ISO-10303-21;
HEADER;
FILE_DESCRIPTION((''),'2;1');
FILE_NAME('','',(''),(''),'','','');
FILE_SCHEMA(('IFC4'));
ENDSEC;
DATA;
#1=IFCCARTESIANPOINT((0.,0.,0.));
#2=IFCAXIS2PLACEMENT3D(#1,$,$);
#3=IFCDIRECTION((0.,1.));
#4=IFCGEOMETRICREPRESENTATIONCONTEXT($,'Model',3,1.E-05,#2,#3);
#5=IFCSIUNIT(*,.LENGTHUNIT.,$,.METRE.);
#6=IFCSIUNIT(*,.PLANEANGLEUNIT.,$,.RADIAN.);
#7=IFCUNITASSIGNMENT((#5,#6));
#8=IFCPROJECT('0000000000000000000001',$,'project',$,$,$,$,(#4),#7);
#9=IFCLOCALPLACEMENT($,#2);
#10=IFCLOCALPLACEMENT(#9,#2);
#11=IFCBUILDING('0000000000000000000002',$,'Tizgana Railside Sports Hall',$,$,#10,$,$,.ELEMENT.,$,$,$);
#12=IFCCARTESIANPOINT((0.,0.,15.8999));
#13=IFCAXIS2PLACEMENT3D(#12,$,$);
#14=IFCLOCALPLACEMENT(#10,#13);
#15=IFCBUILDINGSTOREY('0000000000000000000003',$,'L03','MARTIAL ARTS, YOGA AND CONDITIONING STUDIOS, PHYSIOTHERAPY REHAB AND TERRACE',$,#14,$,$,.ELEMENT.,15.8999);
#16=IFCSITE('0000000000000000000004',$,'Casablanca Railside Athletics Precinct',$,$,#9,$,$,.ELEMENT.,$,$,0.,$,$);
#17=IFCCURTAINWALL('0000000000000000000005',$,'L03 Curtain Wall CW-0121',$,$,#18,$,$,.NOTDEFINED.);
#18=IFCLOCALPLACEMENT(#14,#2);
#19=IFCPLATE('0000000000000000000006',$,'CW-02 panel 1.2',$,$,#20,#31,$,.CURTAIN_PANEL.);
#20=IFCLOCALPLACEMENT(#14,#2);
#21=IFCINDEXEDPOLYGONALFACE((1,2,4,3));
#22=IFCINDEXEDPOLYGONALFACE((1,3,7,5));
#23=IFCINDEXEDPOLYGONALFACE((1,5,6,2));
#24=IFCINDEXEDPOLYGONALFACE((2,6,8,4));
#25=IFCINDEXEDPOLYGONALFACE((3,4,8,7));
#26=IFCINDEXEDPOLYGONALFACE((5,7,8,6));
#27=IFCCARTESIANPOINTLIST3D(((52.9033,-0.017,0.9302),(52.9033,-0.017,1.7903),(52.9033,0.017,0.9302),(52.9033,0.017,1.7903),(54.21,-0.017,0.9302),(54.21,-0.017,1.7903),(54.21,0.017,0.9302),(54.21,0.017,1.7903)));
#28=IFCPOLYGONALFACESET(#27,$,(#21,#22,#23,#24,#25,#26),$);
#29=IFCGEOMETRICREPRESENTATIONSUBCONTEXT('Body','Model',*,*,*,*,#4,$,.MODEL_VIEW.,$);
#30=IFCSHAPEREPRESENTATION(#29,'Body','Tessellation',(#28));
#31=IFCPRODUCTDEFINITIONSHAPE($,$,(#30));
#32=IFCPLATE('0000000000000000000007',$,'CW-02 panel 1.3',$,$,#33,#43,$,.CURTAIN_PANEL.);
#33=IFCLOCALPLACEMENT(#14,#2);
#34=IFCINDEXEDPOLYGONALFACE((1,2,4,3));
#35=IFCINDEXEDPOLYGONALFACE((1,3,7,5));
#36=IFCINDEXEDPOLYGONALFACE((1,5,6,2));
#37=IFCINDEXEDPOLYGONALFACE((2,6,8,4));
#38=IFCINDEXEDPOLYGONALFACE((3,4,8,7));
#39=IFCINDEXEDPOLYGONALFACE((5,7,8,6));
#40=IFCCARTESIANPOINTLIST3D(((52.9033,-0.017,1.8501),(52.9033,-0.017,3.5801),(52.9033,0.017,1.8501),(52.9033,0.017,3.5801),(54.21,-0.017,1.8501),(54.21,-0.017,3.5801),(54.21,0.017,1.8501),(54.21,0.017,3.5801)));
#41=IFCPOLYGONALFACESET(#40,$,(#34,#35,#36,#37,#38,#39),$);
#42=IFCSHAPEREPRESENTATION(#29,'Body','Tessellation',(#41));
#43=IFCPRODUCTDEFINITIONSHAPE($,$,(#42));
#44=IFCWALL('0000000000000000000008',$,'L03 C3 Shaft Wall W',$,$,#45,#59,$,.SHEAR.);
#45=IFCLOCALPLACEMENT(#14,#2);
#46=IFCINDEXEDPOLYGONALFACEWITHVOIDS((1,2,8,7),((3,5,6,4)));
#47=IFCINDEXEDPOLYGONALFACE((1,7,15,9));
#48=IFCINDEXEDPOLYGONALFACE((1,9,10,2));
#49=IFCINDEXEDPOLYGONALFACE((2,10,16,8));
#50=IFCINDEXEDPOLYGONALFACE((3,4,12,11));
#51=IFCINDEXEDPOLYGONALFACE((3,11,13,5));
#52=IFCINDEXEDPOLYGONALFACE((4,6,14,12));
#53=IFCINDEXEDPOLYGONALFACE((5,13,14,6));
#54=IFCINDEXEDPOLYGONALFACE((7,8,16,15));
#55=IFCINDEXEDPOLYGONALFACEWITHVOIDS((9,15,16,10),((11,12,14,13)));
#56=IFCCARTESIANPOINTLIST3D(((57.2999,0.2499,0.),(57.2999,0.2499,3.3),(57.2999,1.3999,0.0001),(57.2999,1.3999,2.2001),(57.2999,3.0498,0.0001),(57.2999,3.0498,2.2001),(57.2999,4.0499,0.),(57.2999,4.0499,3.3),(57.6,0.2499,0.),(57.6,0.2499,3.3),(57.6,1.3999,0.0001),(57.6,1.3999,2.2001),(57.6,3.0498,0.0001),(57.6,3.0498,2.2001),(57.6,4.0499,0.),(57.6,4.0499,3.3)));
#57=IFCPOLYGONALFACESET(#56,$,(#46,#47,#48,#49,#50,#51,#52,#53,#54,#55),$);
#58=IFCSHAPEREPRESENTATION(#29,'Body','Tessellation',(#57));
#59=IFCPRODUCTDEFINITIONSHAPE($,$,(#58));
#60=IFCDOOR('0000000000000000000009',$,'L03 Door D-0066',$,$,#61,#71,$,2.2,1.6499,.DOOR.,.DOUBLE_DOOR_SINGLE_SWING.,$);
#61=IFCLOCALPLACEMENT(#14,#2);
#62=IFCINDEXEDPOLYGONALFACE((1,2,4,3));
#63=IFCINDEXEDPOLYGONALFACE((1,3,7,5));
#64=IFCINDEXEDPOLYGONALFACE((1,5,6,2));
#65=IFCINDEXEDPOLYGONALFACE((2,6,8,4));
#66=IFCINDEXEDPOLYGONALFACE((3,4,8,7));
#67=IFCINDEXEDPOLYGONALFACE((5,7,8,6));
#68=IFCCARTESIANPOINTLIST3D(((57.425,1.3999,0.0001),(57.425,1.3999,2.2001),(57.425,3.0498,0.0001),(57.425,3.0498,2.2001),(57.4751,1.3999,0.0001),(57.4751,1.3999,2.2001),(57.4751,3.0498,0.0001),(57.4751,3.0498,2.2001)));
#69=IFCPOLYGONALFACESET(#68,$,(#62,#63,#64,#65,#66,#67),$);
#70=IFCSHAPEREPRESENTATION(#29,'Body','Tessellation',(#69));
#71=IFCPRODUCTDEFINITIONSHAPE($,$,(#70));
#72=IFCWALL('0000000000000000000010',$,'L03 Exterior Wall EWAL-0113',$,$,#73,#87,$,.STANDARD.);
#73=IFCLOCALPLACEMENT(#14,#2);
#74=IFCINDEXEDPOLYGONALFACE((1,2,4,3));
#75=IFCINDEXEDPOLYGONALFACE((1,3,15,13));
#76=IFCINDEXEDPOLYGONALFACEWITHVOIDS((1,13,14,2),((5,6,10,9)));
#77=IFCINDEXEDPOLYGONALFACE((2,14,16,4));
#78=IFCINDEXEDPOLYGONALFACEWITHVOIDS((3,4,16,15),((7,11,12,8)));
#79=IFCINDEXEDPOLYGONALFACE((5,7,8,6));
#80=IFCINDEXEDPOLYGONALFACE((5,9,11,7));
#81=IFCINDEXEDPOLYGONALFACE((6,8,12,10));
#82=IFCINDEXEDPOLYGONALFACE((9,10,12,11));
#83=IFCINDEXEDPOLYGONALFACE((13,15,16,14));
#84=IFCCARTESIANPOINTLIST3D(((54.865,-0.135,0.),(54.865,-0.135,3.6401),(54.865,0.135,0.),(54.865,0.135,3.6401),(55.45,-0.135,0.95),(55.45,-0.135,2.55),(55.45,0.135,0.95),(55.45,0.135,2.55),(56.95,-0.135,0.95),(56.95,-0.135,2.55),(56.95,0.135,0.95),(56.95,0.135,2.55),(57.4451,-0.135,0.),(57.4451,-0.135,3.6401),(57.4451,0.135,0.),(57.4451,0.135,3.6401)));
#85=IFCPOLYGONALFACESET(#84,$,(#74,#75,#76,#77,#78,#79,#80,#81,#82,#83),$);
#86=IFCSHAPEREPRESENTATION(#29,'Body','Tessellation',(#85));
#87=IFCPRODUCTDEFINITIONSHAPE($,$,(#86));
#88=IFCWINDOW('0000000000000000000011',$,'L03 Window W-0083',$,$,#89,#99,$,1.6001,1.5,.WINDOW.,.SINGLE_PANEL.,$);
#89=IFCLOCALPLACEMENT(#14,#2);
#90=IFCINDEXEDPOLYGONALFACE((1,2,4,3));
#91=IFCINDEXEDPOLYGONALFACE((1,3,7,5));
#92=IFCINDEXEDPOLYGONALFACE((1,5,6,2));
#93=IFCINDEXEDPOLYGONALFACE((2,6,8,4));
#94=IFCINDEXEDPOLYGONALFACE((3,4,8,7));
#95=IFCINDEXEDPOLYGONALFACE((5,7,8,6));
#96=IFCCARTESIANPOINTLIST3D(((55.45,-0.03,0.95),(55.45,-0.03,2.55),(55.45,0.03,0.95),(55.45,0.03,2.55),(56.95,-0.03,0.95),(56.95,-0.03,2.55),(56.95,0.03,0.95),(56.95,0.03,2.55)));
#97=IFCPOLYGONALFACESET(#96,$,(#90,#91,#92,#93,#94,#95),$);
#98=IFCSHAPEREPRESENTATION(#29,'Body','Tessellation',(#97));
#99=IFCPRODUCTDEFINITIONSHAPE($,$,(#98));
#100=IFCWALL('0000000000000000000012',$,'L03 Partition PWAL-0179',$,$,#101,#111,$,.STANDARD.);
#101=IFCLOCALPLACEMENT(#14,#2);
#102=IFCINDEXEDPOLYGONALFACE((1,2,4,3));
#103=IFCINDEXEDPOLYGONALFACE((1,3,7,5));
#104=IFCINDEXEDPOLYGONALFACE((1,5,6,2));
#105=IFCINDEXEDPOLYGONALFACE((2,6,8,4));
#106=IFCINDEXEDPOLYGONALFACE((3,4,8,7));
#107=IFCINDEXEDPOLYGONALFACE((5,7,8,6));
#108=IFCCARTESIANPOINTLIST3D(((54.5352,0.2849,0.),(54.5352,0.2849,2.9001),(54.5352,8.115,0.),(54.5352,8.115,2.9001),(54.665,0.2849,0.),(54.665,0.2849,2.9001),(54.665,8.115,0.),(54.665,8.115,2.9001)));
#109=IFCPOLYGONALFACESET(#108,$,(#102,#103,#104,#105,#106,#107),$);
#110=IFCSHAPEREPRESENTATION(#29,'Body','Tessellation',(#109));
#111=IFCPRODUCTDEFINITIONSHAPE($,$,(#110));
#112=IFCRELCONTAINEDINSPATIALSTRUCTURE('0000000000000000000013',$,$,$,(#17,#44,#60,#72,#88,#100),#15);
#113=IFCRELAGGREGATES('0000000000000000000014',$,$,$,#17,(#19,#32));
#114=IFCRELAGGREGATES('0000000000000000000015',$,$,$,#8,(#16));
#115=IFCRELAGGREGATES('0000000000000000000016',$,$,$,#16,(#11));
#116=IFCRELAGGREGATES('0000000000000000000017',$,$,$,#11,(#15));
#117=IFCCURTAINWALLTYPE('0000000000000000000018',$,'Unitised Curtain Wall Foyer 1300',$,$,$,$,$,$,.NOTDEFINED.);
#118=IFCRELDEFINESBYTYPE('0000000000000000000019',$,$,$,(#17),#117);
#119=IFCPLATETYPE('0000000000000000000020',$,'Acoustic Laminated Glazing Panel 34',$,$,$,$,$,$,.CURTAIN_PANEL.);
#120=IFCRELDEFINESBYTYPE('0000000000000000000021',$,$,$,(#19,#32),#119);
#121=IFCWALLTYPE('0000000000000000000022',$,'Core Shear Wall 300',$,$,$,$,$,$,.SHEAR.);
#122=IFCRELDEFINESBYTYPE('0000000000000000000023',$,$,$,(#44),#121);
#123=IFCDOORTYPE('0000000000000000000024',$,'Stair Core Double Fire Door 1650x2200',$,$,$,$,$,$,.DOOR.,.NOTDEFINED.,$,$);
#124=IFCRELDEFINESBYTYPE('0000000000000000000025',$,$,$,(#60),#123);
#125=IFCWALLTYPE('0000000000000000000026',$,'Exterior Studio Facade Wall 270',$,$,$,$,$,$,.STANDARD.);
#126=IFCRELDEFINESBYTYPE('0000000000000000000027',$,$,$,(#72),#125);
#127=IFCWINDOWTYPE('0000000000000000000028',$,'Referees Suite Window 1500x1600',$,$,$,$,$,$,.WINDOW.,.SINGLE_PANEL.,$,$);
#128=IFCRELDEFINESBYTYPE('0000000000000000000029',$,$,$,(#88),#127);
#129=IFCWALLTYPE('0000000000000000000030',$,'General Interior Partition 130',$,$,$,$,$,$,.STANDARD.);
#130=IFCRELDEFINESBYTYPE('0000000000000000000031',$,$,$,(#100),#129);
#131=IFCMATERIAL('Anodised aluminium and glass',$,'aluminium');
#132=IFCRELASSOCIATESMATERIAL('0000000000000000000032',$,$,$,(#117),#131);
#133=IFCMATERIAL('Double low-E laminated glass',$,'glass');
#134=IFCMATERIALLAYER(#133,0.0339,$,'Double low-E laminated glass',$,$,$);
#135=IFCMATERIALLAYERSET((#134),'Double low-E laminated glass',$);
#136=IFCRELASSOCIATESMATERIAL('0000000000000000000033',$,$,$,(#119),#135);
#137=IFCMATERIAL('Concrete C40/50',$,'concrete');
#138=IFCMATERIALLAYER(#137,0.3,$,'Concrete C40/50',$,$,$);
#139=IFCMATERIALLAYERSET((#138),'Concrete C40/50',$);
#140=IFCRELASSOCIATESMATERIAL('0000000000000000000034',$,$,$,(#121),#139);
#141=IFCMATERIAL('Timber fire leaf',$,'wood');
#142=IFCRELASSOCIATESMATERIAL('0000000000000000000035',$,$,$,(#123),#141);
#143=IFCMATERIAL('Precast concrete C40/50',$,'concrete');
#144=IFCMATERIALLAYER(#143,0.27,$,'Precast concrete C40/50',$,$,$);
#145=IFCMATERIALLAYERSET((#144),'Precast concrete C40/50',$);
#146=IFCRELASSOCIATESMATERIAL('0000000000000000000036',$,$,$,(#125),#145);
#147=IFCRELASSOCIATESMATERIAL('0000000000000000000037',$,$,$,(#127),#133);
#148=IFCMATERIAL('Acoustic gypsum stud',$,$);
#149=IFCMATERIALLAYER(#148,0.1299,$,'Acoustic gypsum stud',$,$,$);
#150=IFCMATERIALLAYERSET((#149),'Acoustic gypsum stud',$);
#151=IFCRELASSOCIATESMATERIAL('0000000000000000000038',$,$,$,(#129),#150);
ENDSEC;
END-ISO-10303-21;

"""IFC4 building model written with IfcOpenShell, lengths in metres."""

from ifc_helpers import new_model, si_unit, direction, frame, frame_2d, origin, origin_2d, place, context, subcontext, project, spatial, rectangle, extrude, material, layer, layer_set, type_object, element, fill, aggregate, save


model = new_model("IFC4")

# Units and contexts
model_context = context("Model", 3, precision=1e-05, world=origin(), true_north=direction((0.0, 1.0)))
body_context = subcontext(model_context, "Body", "Model", "MODEL_VIEW")
ifc_project = project(units=[si_unit("LENGTHUNIT", "METRE"), si_unit("PLANEANGLEUNIT", "RADIAN")], contexts=[model_context])

# Site, building, storey
site_placement = place(None, origin())
site = spatial("IfcSite", under=ifc_project, at=site_placement, Name="Casablanca Railside Athletics Precinct", CompositionType="ELEMENT", RefElevation=0.0)
building_placement = place(site_placement, origin())
building = spatial("IfcBuilding", under=site, at=building_placement, Name="Tizgana Railside Sports Hall", CompositionType="ELEMENT")
storey_placement = place(building_placement, frame((0.0, 0.0, 15.8999)))
storey = spatial("IfcBuildingStorey", under=building, at=storey_placement, Name="L03", Description="MARTIAL ARTS, YOGA AND CONDITIONING STUDIOS, PHYSIOTHERAPY REHAB AND TERRACE", CompositionType="ELEMENT", Elevation=15.8999)

# Shared definitions
ifc_material_1 = material(Name="Concrete C40/50", Category="concrete")

# Curtain wall
ifc_material_2 = material(Name="Anodised aluminium and glass", Category="aluminium")
curtain_wall_type = type_object("IfcCurtainWallType", Name="Unitised Curtain Wall Foyer 1300", PredefinedType="NOTDEFINED", material=ifc_material_2)
curtain_wall_placement = place(storey_placement, origin())
curtain_wall = element("IfcCurtainWall", 1, at=curtain_wall_placement, inside=storey, type_object=curtain_wall_type, Name="L03 Curtain Wall CW-0121", PredefinedType="NOTDEFINED")

# Plates
ifc_material_3 = material(Name="Double low-E laminated glass", Category="glass")
ifc_layer_1 = layer(ifc_material_3, 0.0339, Name="Double low-E laminated glass")
ifc_layer_set_1 = layer_set([ifc_layer_1], Name="Double low-E laminated glass")
plate_type = type_object("IfcPlateType", Name="Acoustic Laminated Glazing Panel 34", PredefinedType="CURTAIN_PANEL", material=ifc_layer_set_1)
plate_1_placement = place(storey_placement, frame((53.5566, 0.0, 0.9302), z_axis=(0.0, 0.0, 1.0), x_axis=(-1.0, 0.0, 0.0)))
plate_1 = element("IfcPlate", 2, at=plate_1_placement, type_object=plate_type, Name="CW-02 panel 1.2", PredefinedType="CURTAIN_PANEL", context=body_context, shape_type="SweptSolid", body=[
    extrude(rectangle(XDim=1.3066, YDim=0.0339, at=origin_2d()), origin(), (0.0, 0.0, 1.0), 0.8601),
])
plate_2_placement = place(storey_placement, frame((53.5566, 0.0, 1.8501), z_axis=(0.0, 0.0, 1.0), x_axis=(-1.0, 0.0, 0.0)))
plate_2 = element("IfcPlate", 3, at=plate_2_placement, type_object=plate_type, Name="CW-02 panel 1.3", PredefinedType="CURTAIN_PANEL", context=body_context, shape_type="SweptSolid", body=[
    extrude(rectangle(XDim=1.3066, YDim=0.0339, at=origin_2d()), origin(), (0.0, 0.0, 1.0), 1.73),
])
aggregate(curtain_wall, [plate_1, plate_2])

# Wall, opening, door
ifc_layer_2 = layer(ifc_material_1, 0.3, Name="Concrete C40/50")
ifc_layer_set_2 = layer_set([ifc_layer_2], Name="Concrete C40/50")
wall_type_1 = type_object("IfcWallType", Name="Core Shear Wall 300", PredefinedType="SHEAR", material=ifc_layer_set_2)
wall_1_placement = place(storey_placement, frame((57.45, 0.25, 0.0), z_axis=(0.0, 0.0, 1.0), x_axis=(0.0, 1.0, 0.0)))
wall_1 = element("IfcWall", 4, at=wall_1_placement, inside=storey, type_object=wall_type_1, Name="L03 C3 Shaft Wall W", PredefinedType="SHEAR", context=body_context, shape_type="SweptSolid", body=[
    extrude(rectangle(XDim=3.8, YDim=0.3, at=frame_2d((1.8999, 0.0))), origin(), (0.0, 0.0, 1.0), 3.3),
])
opening_1_placement = place(wall_1_placement, frame((1.1499, 0.0, 0.0)))
opening_1 = element("IfcOpeningElement", 5, at=opening_1_placement, cuts=wall_1, PredefinedType="OPENING", context=body_context, shape_type="SweptSolid", body=[
    extrude(rectangle(XDim=1.6499, YDim=2.2, at=frame_2d((0.825, 1.1001))), frame((0.0, 0.1599, 0.0), z_axis=(0.0, -1.0, 0.0), x_axis=(1.0, 0.0, 0.0)), (0.0, 0.0, 1.0), 0.3201),
])
ifc_material_4 = material(Name="Timber fire leaf", Category="wood")
door_type = type_object("IfcDoorType", Name="Stair Core Double Fire Door 1650x2200", OperationType="NOTDEFINED", PredefinedType="DOOR", material=ifc_material_4)
door_placement = place(opening_1_placement, origin())
door = element("IfcDoor", 6, at=door_placement, inside=storey, type_object=door_type, Name="L03 Door D-0066", OperationType="DOUBLE_DOOR_SINGLE_SWING", OverallHeight=2.2, OverallWidth=1.6499, PredefinedType="DOOR", context=body_context, shape_type="SweptSolid", body=[
    extrude(rectangle(XDim=1.6499, YDim=2.2, at=frame_2d((0.825, 1.1001))), frame((0.0, 0.0249, 0.0), z_axis=(0.0, -1.0, 0.0), x_axis=(1.0, 0.0, 0.0)), (0.0, 0.0, 1.0), 0.05),
])
fill(opening_1, door)

# Wall, opening, window
ifc_material_5 = material(Name="Precast concrete C40/50", Category="concrete")
ifc_layer_3 = layer(ifc_material_5, 0.27, Name="Precast concrete C40/50")
ifc_layer_set_3 = layer_set([ifc_layer_3], Name="Precast concrete C40/50")
wall_type_2 = type_object("IfcWallType", Name="Exterior Studio Facade Wall 270", PredefinedType="STANDARD", material=ifc_layer_set_3)
wall_2_placement = place(storey_placement, frame((57.4451, 0.0, 0.0), z_axis=(0.0, 0.0, 1.0), x_axis=(-1.0, 0.0, 0.0)))
wall_2 = element("IfcWall", 7, at=wall_2_placement, inside=storey, type_object=wall_type_2, Name="L03 Exterior Wall EWAL-0113", PredefinedType="STANDARD", context=body_context, shape_type="SweptSolid", body=[
    extrude(rectangle(XDim=2.5801, YDim=0.27, at=frame_2d((1.29, 0.0))), origin(), (0.0, 0.0, 1.0), 3.6401),
])
opening_2_placement = place(wall_2_placement, frame((0.4951, 0.0, 0.95)))
opening_2 = element("IfcOpeningElement", 8, at=opening_2_placement, cuts=wall_2, PredefinedType="OPENING", context=body_context, shape_type="SweptSolid", body=[
    extrude(rectangle(XDim=1.5, YDim=1.6001, at=frame_2d((0.75, 0.8))), frame((0.0, 0.145, 0.0), z_axis=(0.0, -1.0, 0.0), x_axis=(1.0, 0.0, 0.0)), (0.0, 0.0, 1.0), 0.29),
])
window_type = type_object("IfcWindowType", Name="Referees Suite Window 1500x1600", PartitioningType="SINGLE_PANEL", PredefinedType="WINDOW", material=ifc_material_3)
window_placement = place(opening_2_placement, origin())
window = element("IfcWindow", 9, at=window_placement, inside=storey, type_object=window_type, Name="L03 Window W-0083", OverallHeight=1.6001, OverallWidth=1.5, PartitioningType="SINGLE_PANEL", PredefinedType="WINDOW", context=body_context, shape_type="SweptSolid", body=[
    extrude(rectangle(XDim=1.5, YDim=1.6001, at=frame_2d((0.75, 0.8))), frame((0.0, 0.03, 0.0), z_axis=(0.0, -1.0, 0.0), x_axis=(1.0, 0.0, 0.0)), (0.0, 0.0, 1.0), 0.0601),
])
fill(opening_2, window)

# Wall
ifc_material_6 = material(Name="Acoustic gypsum stud")
ifc_layer_4 = layer(ifc_material_6, 0.1299, Name="Acoustic gypsum stud")
ifc_layer_set_4 = layer_set([ifc_layer_4], Name="Acoustic gypsum stud")
wall_type_3 = type_object("IfcWallType", Name="General Interior Partition 130", PredefinedType="STANDARD", material=ifc_layer_set_4)
wall_3_placement = place(storey_placement, frame((54.6001, 0.2849, 0.0), z_axis=(0.0, 0.0, 1.0), x_axis=(0.0, 1.0, 0.0)))
element("IfcWall", 10, at=wall_3_placement, inside=storey, type_object=wall_type_3, Name="L03 Partition PWAL-0179", PredefinedType="STANDARD", context=body_context, shape_type="SweptSolid", body=[
    extrude(rectangle(XDim=7.8301, YDim=0.1299, at=frame_2d((3.915, 0.0))), origin(), (0.0, 0.0, 1.0), 2.9001),
])

save(model, "model.ifc")
